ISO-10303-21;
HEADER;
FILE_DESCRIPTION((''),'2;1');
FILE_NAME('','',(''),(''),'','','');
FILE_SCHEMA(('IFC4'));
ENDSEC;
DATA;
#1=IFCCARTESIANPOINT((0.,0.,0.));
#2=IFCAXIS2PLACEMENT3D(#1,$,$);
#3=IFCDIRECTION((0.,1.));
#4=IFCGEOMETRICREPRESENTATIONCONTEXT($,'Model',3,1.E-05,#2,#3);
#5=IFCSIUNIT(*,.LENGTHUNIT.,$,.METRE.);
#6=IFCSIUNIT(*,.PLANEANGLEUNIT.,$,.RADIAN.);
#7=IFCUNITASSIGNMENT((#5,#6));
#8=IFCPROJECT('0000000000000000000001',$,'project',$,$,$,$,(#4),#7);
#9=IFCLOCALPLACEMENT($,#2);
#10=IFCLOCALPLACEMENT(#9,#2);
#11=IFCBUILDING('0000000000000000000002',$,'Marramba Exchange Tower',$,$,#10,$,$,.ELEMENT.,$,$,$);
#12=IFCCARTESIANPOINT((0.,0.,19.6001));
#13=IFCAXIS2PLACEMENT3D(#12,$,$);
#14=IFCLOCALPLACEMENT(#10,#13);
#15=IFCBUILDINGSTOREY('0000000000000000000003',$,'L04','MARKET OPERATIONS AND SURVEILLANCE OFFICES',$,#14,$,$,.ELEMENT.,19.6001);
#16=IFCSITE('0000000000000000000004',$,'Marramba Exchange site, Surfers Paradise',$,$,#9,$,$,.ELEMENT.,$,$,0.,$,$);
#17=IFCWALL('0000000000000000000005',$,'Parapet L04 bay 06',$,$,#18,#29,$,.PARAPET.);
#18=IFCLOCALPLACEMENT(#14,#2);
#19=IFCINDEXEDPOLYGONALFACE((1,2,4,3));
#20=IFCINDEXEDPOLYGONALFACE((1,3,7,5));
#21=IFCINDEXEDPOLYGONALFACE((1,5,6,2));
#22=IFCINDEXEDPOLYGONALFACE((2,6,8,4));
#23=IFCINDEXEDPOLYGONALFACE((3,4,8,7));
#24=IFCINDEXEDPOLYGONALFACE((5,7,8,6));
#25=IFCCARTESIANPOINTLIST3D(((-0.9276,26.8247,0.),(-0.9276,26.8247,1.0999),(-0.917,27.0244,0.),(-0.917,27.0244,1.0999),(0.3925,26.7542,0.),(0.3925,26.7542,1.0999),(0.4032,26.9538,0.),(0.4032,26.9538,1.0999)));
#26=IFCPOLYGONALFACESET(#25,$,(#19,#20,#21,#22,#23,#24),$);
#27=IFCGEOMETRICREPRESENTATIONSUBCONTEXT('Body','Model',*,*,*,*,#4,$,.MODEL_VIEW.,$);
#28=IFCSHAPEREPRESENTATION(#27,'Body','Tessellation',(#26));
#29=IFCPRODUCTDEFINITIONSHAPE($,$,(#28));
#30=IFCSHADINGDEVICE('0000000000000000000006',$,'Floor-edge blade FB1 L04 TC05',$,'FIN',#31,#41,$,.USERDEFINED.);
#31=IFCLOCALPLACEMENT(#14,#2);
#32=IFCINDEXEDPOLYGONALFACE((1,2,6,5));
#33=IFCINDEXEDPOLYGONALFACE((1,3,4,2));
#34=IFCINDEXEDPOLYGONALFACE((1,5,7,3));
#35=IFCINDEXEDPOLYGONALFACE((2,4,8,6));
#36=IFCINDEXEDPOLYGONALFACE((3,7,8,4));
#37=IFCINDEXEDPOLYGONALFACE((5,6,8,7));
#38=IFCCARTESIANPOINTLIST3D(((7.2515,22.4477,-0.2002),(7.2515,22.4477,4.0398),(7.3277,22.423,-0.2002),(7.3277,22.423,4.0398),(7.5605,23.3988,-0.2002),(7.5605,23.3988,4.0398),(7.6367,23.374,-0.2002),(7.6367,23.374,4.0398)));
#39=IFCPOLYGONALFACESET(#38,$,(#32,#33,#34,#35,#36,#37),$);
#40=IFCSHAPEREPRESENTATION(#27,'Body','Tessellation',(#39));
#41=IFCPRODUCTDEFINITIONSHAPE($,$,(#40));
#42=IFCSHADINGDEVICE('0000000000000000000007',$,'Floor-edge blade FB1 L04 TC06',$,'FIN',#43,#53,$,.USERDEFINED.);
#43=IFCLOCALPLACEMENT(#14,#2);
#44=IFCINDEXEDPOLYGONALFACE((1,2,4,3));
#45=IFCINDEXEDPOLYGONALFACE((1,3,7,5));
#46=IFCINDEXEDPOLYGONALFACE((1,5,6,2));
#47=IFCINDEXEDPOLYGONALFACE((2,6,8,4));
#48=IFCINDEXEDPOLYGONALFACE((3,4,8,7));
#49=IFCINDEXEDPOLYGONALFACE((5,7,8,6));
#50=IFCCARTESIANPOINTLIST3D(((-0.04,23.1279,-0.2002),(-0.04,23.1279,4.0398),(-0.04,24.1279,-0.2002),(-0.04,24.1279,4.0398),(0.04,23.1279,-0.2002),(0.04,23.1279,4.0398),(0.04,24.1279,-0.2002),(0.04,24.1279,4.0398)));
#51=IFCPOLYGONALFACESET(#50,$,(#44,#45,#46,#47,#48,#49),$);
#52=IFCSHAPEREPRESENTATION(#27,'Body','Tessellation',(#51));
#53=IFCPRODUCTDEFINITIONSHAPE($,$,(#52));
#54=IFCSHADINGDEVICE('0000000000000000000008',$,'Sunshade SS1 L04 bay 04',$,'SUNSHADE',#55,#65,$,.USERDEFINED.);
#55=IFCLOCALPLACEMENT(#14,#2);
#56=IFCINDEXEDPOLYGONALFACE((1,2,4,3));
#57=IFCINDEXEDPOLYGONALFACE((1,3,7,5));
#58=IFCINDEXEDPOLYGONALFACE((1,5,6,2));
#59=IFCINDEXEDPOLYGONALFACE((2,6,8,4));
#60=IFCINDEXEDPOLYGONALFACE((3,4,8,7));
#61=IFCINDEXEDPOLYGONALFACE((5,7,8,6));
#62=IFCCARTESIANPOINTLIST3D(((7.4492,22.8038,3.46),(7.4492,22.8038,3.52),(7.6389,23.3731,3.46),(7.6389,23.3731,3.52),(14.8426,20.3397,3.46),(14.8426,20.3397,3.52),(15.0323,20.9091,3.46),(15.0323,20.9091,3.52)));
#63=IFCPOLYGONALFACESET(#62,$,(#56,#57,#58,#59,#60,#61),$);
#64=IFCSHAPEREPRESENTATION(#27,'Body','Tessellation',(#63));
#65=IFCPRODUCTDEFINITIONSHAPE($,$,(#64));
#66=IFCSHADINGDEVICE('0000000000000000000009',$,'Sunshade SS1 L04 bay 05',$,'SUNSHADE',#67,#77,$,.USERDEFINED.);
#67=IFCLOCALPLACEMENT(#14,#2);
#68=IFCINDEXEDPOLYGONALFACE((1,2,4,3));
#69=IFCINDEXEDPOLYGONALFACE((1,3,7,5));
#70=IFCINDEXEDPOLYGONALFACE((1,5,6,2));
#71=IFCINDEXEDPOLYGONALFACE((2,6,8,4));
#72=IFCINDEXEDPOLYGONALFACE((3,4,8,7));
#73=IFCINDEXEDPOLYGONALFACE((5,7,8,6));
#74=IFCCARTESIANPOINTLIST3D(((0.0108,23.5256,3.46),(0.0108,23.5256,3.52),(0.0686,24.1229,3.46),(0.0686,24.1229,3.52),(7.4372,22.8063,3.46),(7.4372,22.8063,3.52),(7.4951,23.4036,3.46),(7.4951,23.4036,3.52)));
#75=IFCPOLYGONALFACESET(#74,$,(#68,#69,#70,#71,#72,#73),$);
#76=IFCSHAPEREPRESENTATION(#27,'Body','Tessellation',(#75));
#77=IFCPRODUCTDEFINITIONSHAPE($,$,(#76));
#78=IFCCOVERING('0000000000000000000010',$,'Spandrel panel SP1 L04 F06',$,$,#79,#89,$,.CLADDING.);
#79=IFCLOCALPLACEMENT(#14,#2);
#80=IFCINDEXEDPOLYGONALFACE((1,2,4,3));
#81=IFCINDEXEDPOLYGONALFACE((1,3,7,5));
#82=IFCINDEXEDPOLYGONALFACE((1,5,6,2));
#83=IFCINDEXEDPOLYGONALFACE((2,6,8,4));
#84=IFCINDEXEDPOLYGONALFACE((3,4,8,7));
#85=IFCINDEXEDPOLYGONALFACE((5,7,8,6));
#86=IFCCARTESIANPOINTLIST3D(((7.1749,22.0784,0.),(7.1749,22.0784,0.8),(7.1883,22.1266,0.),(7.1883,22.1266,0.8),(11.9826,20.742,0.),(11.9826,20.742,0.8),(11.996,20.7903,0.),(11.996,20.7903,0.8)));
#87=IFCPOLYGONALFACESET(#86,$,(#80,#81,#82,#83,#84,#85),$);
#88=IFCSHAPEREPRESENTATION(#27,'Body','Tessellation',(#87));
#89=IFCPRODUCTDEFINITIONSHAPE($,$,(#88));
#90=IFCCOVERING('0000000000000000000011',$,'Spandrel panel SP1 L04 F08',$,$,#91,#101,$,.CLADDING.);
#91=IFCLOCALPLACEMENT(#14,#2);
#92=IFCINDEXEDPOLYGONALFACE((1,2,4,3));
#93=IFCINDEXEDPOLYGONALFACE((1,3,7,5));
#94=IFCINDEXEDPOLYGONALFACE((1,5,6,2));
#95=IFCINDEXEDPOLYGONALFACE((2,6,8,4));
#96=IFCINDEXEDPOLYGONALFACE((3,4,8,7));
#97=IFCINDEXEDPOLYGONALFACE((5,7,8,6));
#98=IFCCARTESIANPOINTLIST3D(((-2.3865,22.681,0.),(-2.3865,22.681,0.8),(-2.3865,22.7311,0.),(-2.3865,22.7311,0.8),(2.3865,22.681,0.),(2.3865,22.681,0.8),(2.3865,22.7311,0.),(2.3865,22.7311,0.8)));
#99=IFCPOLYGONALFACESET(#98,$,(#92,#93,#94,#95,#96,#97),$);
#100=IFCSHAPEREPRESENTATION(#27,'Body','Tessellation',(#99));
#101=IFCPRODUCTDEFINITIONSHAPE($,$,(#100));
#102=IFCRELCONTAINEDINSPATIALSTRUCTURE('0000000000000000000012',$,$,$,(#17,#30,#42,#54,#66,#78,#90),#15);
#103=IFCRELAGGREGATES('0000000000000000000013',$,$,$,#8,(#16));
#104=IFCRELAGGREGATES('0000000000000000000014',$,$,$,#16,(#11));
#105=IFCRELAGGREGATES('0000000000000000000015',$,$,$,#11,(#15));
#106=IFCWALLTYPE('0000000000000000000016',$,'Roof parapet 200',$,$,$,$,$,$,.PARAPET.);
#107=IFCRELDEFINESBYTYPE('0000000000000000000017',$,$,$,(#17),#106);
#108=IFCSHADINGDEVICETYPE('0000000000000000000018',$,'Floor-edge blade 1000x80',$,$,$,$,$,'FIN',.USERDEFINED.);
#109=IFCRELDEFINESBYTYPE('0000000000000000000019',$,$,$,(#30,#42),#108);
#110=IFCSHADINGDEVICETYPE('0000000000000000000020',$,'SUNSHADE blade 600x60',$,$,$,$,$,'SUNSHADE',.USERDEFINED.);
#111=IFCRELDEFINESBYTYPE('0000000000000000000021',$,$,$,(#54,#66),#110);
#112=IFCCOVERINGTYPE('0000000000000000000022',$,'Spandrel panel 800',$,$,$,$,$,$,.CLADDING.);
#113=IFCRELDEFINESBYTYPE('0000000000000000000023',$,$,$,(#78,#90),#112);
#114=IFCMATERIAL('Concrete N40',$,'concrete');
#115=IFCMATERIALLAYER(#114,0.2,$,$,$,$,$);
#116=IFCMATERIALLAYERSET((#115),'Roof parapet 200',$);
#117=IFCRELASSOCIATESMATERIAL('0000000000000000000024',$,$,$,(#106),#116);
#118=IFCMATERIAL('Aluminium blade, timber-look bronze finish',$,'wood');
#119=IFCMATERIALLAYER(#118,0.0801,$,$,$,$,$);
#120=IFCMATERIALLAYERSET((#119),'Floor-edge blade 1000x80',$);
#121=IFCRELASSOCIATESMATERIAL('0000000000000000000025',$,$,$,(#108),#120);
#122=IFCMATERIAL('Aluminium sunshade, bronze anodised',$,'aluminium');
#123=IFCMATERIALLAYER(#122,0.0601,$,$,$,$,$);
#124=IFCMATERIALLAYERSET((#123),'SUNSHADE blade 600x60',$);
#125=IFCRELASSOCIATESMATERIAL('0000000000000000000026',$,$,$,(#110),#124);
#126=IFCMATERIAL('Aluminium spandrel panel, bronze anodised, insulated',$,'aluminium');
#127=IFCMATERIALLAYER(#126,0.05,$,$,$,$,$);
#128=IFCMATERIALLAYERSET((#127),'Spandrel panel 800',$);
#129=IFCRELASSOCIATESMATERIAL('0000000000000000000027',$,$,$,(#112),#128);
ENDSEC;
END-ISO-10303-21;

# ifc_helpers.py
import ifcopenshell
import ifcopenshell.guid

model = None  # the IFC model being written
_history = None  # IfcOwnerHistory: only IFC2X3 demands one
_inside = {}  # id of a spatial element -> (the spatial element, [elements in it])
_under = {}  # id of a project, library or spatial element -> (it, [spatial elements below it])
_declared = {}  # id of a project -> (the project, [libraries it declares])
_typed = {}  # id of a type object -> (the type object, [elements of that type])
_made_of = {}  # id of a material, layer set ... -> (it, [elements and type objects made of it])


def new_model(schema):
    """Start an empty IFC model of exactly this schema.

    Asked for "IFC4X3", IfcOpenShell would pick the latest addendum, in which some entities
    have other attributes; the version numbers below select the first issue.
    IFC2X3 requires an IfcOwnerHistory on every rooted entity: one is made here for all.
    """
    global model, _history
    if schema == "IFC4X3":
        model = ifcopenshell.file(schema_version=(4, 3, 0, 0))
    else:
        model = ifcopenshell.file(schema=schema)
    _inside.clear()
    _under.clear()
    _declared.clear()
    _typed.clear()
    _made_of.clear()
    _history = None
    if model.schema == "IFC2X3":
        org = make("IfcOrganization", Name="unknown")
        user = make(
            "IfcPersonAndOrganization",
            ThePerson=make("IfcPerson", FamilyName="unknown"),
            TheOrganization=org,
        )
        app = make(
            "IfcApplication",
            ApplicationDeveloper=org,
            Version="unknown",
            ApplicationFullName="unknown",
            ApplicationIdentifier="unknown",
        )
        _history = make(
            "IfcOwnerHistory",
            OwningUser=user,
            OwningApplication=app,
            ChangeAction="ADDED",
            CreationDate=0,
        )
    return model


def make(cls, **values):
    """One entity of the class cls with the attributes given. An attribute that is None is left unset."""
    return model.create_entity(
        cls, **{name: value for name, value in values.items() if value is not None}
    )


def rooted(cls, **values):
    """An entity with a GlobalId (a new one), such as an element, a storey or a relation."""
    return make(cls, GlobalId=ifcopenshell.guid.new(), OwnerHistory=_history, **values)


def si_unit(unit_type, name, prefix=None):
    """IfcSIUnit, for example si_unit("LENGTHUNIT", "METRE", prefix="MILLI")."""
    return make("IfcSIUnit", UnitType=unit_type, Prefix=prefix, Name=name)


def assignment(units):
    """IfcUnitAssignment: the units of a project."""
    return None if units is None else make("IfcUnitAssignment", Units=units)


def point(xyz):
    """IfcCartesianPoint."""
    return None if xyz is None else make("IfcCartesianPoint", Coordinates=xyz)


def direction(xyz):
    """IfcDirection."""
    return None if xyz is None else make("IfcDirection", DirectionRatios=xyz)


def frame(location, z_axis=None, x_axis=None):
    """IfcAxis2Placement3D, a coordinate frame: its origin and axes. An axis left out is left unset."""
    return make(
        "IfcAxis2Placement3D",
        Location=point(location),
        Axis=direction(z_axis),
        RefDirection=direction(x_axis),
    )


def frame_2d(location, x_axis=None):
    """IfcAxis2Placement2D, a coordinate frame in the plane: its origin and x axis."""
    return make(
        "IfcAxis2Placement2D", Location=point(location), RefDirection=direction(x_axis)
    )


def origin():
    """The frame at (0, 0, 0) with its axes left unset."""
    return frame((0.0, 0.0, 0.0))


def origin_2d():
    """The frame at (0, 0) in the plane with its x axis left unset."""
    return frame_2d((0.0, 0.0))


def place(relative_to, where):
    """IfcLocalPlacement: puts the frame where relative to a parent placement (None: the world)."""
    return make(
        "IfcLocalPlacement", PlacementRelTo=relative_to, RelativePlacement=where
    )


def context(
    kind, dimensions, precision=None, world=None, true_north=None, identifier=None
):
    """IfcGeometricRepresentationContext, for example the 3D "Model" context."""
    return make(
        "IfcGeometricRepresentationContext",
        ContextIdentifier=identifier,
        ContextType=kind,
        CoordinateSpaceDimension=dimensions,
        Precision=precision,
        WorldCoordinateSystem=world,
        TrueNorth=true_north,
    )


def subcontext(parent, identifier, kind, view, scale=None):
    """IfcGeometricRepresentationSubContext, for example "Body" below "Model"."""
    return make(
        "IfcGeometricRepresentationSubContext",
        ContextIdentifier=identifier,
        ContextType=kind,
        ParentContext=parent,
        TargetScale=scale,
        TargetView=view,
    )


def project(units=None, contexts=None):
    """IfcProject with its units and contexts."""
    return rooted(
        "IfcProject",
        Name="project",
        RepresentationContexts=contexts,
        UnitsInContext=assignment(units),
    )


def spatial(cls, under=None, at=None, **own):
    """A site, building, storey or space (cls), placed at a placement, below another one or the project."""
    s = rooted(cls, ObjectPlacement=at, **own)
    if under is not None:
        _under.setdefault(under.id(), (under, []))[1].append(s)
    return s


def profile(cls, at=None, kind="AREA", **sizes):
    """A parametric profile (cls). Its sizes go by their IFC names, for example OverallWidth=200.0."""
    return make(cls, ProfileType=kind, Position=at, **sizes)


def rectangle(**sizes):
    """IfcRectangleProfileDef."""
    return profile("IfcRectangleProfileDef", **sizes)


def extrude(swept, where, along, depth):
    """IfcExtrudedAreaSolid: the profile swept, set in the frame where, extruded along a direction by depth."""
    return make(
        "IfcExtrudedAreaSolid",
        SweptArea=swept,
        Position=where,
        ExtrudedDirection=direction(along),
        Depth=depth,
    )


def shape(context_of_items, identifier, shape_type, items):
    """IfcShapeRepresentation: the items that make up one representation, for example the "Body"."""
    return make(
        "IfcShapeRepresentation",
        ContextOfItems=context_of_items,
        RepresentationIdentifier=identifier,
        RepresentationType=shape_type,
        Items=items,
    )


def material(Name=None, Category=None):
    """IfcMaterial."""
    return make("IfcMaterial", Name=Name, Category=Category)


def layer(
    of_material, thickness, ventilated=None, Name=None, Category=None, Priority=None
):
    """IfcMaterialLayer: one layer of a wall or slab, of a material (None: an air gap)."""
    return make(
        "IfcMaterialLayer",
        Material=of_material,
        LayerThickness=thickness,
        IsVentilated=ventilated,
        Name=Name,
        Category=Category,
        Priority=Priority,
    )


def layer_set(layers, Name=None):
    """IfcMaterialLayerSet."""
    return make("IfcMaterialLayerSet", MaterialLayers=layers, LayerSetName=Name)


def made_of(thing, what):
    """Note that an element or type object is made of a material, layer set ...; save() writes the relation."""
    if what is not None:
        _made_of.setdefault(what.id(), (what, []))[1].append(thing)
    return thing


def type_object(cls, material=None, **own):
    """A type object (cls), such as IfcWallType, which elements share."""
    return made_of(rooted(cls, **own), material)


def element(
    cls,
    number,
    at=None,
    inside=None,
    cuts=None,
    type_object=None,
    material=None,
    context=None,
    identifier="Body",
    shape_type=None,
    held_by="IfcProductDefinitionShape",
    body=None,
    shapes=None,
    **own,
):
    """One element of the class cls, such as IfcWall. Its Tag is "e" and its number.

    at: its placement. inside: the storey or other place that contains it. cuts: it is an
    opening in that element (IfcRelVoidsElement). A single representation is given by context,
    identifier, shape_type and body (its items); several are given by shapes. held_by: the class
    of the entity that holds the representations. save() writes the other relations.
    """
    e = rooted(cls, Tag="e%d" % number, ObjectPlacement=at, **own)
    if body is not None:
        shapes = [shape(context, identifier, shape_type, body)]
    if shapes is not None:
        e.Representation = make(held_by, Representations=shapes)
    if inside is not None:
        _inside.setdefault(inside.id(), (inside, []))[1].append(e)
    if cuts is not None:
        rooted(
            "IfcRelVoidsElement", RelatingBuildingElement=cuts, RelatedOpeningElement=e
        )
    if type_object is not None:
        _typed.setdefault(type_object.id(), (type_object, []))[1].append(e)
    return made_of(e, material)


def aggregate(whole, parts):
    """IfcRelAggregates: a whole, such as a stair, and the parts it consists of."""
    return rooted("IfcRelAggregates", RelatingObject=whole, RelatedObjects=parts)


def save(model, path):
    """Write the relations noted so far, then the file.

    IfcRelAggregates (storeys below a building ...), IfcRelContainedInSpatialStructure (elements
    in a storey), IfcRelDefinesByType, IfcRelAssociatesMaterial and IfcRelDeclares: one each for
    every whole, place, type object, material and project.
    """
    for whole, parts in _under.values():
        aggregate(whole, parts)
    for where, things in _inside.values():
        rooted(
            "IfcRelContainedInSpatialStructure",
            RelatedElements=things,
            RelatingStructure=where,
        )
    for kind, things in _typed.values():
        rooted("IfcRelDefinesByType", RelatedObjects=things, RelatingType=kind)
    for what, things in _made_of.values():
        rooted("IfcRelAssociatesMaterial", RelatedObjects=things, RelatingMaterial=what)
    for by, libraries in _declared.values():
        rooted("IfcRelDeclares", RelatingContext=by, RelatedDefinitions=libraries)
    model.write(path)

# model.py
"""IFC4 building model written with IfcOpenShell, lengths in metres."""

from ifc_helpers import new_model, si_unit, direction, frame, frame_2d, origin, origin_2d, place, context, subcontext, project, spatial, rectangle, extrude, material, layer, layer_set, type_object, element, save


model = new_model("IFC4")

# Units and contexts
model_context = context("Model", 3, precision=1e-05, world=origin(), true_north=direction((0.0, 1.0)))
body_context = subcontext(model_context, "Body", "Model", "MODEL_VIEW")
ifc_project = project(units=[si_unit("LENGTHUNIT", "METRE"), si_unit("PLANEANGLEUNIT", "RADIAN")], contexts=[model_context])

# Site, building, storey
site_placement = place(None, origin())
site = spatial("IfcSite", under=ifc_project, at=site_placement, Name="Marramba Exchange site, Surfers Paradise", CompositionType="ELEMENT", RefElevation=0.0)
building_placement = place(site_placement, origin())
building = spatial("IfcBuilding", under=site, at=building_placement, Name="Marramba Exchange Tower", CompositionType="ELEMENT")
storey_placement = place(building_placement, frame((0.0, 0.0, 19.6001)))
storey = spatial("IfcBuildingStorey", under=building, at=storey_placement, Name="L04", Description="MARKET OPERATIONS AND SURVEILLANCE OFFICES", CompositionType="ELEMENT", Elevation=19.6001)

# Wall
ifc_material_1 = material(Name="Concrete N40", Category="concrete")
ifc_layer_1 = layer(ifc_material_1, 0.2)
ifc_layer_set_1 = layer_set([ifc_layer_1], Name="Roof parapet 200")
wall_type_1 = type_object("IfcWallType", Name="Roof parapet 200", PredefinedType="PARAPET", material=ifc_layer_set_1)
wall_1_placement = place(storey_placement, frame((0.3979, 26.854, 0.0), z_axis=(0.0, 0.0, 1.0), x_axis=(-0.998575, 0.053373, 0.0)))
element("IfcWall", 1, at=wall_1_placement, inside=storey, type_object=wall_type_1, Name="Parapet L04 bay 06", PredefinedType="PARAPET", context=body_context, shape_type="SweptSolid", body=[
    extrude(rectangle(XDim=1.322, YDim=0.2, at=frame_2d((0.6611, 0.0))), origin(), (0.0, 0.0, 1.0), 1.0999),
])

# Shading devices
ifc_material_2 = material(Name="Aluminium blade, timber-look bronze finish", Category="wood")
ifc_layer_2 = layer(ifc_material_2, 0.0801)
ifc_layer_set_2 = layer_set([ifc_layer_2], Name="Floor-edge blade 1000x80")
shading_device_type_1 = type_object("IfcShadingDeviceType", Name="Floor-edge blade 1000x80", ElementType="FIN", PredefinedType="USERDEFINED", material=ifc_layer_set_2)
for number, where, z_axis, x_axis, name in (
    (2, (7.4441, 22.9109, -0.2002), (0.0, 0.0, 1.0), (0.309017, 0.951057, 0.0), "Floor-edge blade FB1 L04 TC05"),
    (3, (0.0, 23.6279, -0.2002), (0.0, 0.0, 1.0), (0.0, 1.0, 0.0), "Floor-edge blade FB1 L04 TC06"),
):
    element("IfcShadingDevice", number, at=place(storey_placement, frame(where, z_axis=z_axis, x_axis=x_axis)), inside=storey, type_object=shading_device_type_1, Name=name, ObjectType="FIN", PredefinedType="USERDEFINED", context=body_context, shape_type="SweptSolid", body=[
        extrude(rectangle(XDim=1.0, YDim=0.0801, at=origin_2d()), origin(), (0.0, 0.0, 1.0), 4.24),
    ])
ifc_material_3 = material(Name="Aluminium sunshade, bronze anodised", Category="aluminium")
ifc_layer_3 = layer(ifc_material_3, 0.0601)
ifc_layer_set_3 = layer_set([ifc_layer_3], Name="SUNSHADE blade 600x60")
shading_device_type_2 = type_object("IfcShadingDeviceType", Name="SUNSHADE blade 600x60", ElementType="SUNSHADE", PredefinedType="USERDEFINED", material=ifc_layer_set_3)
shading_device_1_placement = place(storey_placement, frame((11.2407, 21.8564, 3.46), z_axis=(0.0, 0.0, 1.0), x_axis=(-0.948698, 0.316184, 0.0)))
element("IfcShadingDevice", 4, at=shading_device_1_placement, inside=storey, type_object=shading_device_type_2, Name="Sunshade SS1 L04 bay 04", ObjectType="SUNSHADE", PredefinedType="USERDEFINED", context=body_context, shape_type="SweptSolid", body=[
    extrude(rectangle(XDim=7.7932, YDim=0.6001, at=origin_2d()), origin(), (0.0, 0.0, 1.0), 0.0601),
])
shading_device_2_placement = place(storey_placement, frame((3.7529, 23.4646, 3.46), z_axis=(0.0, 0.0, 1.0), x_axis=(-0.995343, 0.096398, 0.0)))
element("IfcShadingDevice", 5, at=shading_device_2_placement, inside=storey, type_object=shading_device_type_2, Name="Sunshade SS1 L04 bay 05", ObjectType="SUNSHADE", PredefinedType="USERDEFINED", context=body_context, shape_type="SweptSolid", body=[
    extrude(rectangle(XDim=7.4612, YDim=0.6001, at=origin_2d()), origin(), (0.0, 0.0, 1.0), 0.0601),
])

# Coverings
ifc_material_4 = material(Name="Aluminium spandrel panel, bronze anodised, insulated", Category="aluminium")
ifc_layer_4 = layer(ifc_material_4, 0.05)
ifc_layer_set_4 = layer_set([ifc_layer_4], Name="Spandrel panel 800")
covering_type = type_object("IfcCoveringType", Name="Spandrel panel 800", PredefinedType="CLADDING", material=ifc_layer_set_4)
covering_1_placement = place(storey_placement, frame((9.5854, 21.4343, 0.0), z_axis=(0.0, 0.0, 1.0), x_axis=(-0.963472, 0.267809, 0.0)))
element("IfcCovering", 6, at=covering_1_placement, inside=storey, type_object=covering_type, Name="Spandrel panel SP1 L04 F06", PredefinedType="CLADDING", context=body_context, shape_type="SweptSolid", body=[
    extrude(rectangle(XDim=4.99, YDim=0.05, at=origin_2d()), origin(), (0.0, 0.0, 1.0), 0.8),
])
covering_2_placement = place(storey_placement, frame((0.0, 22.7061, 0.0), z_axis=(0.0, 0.0, 1.0), x_axis=(-1.0, 0.0, 0.0)))
element("IfcCovering", 7, at=covering_2_placement, inside=storey, type_object=covering_type, Name="Spandrel panel SP1 L04 F08", PredefinedType="CLADDING", context=body_context, shape_type="SweptSolid", body=[
    extrude(rectangle(XDim=4.7729, YDim=0.05, at=origin_2d()), origin(), (0.0, 0.0, 1.0), 0.8),
])

save(model, "model.ifc")
